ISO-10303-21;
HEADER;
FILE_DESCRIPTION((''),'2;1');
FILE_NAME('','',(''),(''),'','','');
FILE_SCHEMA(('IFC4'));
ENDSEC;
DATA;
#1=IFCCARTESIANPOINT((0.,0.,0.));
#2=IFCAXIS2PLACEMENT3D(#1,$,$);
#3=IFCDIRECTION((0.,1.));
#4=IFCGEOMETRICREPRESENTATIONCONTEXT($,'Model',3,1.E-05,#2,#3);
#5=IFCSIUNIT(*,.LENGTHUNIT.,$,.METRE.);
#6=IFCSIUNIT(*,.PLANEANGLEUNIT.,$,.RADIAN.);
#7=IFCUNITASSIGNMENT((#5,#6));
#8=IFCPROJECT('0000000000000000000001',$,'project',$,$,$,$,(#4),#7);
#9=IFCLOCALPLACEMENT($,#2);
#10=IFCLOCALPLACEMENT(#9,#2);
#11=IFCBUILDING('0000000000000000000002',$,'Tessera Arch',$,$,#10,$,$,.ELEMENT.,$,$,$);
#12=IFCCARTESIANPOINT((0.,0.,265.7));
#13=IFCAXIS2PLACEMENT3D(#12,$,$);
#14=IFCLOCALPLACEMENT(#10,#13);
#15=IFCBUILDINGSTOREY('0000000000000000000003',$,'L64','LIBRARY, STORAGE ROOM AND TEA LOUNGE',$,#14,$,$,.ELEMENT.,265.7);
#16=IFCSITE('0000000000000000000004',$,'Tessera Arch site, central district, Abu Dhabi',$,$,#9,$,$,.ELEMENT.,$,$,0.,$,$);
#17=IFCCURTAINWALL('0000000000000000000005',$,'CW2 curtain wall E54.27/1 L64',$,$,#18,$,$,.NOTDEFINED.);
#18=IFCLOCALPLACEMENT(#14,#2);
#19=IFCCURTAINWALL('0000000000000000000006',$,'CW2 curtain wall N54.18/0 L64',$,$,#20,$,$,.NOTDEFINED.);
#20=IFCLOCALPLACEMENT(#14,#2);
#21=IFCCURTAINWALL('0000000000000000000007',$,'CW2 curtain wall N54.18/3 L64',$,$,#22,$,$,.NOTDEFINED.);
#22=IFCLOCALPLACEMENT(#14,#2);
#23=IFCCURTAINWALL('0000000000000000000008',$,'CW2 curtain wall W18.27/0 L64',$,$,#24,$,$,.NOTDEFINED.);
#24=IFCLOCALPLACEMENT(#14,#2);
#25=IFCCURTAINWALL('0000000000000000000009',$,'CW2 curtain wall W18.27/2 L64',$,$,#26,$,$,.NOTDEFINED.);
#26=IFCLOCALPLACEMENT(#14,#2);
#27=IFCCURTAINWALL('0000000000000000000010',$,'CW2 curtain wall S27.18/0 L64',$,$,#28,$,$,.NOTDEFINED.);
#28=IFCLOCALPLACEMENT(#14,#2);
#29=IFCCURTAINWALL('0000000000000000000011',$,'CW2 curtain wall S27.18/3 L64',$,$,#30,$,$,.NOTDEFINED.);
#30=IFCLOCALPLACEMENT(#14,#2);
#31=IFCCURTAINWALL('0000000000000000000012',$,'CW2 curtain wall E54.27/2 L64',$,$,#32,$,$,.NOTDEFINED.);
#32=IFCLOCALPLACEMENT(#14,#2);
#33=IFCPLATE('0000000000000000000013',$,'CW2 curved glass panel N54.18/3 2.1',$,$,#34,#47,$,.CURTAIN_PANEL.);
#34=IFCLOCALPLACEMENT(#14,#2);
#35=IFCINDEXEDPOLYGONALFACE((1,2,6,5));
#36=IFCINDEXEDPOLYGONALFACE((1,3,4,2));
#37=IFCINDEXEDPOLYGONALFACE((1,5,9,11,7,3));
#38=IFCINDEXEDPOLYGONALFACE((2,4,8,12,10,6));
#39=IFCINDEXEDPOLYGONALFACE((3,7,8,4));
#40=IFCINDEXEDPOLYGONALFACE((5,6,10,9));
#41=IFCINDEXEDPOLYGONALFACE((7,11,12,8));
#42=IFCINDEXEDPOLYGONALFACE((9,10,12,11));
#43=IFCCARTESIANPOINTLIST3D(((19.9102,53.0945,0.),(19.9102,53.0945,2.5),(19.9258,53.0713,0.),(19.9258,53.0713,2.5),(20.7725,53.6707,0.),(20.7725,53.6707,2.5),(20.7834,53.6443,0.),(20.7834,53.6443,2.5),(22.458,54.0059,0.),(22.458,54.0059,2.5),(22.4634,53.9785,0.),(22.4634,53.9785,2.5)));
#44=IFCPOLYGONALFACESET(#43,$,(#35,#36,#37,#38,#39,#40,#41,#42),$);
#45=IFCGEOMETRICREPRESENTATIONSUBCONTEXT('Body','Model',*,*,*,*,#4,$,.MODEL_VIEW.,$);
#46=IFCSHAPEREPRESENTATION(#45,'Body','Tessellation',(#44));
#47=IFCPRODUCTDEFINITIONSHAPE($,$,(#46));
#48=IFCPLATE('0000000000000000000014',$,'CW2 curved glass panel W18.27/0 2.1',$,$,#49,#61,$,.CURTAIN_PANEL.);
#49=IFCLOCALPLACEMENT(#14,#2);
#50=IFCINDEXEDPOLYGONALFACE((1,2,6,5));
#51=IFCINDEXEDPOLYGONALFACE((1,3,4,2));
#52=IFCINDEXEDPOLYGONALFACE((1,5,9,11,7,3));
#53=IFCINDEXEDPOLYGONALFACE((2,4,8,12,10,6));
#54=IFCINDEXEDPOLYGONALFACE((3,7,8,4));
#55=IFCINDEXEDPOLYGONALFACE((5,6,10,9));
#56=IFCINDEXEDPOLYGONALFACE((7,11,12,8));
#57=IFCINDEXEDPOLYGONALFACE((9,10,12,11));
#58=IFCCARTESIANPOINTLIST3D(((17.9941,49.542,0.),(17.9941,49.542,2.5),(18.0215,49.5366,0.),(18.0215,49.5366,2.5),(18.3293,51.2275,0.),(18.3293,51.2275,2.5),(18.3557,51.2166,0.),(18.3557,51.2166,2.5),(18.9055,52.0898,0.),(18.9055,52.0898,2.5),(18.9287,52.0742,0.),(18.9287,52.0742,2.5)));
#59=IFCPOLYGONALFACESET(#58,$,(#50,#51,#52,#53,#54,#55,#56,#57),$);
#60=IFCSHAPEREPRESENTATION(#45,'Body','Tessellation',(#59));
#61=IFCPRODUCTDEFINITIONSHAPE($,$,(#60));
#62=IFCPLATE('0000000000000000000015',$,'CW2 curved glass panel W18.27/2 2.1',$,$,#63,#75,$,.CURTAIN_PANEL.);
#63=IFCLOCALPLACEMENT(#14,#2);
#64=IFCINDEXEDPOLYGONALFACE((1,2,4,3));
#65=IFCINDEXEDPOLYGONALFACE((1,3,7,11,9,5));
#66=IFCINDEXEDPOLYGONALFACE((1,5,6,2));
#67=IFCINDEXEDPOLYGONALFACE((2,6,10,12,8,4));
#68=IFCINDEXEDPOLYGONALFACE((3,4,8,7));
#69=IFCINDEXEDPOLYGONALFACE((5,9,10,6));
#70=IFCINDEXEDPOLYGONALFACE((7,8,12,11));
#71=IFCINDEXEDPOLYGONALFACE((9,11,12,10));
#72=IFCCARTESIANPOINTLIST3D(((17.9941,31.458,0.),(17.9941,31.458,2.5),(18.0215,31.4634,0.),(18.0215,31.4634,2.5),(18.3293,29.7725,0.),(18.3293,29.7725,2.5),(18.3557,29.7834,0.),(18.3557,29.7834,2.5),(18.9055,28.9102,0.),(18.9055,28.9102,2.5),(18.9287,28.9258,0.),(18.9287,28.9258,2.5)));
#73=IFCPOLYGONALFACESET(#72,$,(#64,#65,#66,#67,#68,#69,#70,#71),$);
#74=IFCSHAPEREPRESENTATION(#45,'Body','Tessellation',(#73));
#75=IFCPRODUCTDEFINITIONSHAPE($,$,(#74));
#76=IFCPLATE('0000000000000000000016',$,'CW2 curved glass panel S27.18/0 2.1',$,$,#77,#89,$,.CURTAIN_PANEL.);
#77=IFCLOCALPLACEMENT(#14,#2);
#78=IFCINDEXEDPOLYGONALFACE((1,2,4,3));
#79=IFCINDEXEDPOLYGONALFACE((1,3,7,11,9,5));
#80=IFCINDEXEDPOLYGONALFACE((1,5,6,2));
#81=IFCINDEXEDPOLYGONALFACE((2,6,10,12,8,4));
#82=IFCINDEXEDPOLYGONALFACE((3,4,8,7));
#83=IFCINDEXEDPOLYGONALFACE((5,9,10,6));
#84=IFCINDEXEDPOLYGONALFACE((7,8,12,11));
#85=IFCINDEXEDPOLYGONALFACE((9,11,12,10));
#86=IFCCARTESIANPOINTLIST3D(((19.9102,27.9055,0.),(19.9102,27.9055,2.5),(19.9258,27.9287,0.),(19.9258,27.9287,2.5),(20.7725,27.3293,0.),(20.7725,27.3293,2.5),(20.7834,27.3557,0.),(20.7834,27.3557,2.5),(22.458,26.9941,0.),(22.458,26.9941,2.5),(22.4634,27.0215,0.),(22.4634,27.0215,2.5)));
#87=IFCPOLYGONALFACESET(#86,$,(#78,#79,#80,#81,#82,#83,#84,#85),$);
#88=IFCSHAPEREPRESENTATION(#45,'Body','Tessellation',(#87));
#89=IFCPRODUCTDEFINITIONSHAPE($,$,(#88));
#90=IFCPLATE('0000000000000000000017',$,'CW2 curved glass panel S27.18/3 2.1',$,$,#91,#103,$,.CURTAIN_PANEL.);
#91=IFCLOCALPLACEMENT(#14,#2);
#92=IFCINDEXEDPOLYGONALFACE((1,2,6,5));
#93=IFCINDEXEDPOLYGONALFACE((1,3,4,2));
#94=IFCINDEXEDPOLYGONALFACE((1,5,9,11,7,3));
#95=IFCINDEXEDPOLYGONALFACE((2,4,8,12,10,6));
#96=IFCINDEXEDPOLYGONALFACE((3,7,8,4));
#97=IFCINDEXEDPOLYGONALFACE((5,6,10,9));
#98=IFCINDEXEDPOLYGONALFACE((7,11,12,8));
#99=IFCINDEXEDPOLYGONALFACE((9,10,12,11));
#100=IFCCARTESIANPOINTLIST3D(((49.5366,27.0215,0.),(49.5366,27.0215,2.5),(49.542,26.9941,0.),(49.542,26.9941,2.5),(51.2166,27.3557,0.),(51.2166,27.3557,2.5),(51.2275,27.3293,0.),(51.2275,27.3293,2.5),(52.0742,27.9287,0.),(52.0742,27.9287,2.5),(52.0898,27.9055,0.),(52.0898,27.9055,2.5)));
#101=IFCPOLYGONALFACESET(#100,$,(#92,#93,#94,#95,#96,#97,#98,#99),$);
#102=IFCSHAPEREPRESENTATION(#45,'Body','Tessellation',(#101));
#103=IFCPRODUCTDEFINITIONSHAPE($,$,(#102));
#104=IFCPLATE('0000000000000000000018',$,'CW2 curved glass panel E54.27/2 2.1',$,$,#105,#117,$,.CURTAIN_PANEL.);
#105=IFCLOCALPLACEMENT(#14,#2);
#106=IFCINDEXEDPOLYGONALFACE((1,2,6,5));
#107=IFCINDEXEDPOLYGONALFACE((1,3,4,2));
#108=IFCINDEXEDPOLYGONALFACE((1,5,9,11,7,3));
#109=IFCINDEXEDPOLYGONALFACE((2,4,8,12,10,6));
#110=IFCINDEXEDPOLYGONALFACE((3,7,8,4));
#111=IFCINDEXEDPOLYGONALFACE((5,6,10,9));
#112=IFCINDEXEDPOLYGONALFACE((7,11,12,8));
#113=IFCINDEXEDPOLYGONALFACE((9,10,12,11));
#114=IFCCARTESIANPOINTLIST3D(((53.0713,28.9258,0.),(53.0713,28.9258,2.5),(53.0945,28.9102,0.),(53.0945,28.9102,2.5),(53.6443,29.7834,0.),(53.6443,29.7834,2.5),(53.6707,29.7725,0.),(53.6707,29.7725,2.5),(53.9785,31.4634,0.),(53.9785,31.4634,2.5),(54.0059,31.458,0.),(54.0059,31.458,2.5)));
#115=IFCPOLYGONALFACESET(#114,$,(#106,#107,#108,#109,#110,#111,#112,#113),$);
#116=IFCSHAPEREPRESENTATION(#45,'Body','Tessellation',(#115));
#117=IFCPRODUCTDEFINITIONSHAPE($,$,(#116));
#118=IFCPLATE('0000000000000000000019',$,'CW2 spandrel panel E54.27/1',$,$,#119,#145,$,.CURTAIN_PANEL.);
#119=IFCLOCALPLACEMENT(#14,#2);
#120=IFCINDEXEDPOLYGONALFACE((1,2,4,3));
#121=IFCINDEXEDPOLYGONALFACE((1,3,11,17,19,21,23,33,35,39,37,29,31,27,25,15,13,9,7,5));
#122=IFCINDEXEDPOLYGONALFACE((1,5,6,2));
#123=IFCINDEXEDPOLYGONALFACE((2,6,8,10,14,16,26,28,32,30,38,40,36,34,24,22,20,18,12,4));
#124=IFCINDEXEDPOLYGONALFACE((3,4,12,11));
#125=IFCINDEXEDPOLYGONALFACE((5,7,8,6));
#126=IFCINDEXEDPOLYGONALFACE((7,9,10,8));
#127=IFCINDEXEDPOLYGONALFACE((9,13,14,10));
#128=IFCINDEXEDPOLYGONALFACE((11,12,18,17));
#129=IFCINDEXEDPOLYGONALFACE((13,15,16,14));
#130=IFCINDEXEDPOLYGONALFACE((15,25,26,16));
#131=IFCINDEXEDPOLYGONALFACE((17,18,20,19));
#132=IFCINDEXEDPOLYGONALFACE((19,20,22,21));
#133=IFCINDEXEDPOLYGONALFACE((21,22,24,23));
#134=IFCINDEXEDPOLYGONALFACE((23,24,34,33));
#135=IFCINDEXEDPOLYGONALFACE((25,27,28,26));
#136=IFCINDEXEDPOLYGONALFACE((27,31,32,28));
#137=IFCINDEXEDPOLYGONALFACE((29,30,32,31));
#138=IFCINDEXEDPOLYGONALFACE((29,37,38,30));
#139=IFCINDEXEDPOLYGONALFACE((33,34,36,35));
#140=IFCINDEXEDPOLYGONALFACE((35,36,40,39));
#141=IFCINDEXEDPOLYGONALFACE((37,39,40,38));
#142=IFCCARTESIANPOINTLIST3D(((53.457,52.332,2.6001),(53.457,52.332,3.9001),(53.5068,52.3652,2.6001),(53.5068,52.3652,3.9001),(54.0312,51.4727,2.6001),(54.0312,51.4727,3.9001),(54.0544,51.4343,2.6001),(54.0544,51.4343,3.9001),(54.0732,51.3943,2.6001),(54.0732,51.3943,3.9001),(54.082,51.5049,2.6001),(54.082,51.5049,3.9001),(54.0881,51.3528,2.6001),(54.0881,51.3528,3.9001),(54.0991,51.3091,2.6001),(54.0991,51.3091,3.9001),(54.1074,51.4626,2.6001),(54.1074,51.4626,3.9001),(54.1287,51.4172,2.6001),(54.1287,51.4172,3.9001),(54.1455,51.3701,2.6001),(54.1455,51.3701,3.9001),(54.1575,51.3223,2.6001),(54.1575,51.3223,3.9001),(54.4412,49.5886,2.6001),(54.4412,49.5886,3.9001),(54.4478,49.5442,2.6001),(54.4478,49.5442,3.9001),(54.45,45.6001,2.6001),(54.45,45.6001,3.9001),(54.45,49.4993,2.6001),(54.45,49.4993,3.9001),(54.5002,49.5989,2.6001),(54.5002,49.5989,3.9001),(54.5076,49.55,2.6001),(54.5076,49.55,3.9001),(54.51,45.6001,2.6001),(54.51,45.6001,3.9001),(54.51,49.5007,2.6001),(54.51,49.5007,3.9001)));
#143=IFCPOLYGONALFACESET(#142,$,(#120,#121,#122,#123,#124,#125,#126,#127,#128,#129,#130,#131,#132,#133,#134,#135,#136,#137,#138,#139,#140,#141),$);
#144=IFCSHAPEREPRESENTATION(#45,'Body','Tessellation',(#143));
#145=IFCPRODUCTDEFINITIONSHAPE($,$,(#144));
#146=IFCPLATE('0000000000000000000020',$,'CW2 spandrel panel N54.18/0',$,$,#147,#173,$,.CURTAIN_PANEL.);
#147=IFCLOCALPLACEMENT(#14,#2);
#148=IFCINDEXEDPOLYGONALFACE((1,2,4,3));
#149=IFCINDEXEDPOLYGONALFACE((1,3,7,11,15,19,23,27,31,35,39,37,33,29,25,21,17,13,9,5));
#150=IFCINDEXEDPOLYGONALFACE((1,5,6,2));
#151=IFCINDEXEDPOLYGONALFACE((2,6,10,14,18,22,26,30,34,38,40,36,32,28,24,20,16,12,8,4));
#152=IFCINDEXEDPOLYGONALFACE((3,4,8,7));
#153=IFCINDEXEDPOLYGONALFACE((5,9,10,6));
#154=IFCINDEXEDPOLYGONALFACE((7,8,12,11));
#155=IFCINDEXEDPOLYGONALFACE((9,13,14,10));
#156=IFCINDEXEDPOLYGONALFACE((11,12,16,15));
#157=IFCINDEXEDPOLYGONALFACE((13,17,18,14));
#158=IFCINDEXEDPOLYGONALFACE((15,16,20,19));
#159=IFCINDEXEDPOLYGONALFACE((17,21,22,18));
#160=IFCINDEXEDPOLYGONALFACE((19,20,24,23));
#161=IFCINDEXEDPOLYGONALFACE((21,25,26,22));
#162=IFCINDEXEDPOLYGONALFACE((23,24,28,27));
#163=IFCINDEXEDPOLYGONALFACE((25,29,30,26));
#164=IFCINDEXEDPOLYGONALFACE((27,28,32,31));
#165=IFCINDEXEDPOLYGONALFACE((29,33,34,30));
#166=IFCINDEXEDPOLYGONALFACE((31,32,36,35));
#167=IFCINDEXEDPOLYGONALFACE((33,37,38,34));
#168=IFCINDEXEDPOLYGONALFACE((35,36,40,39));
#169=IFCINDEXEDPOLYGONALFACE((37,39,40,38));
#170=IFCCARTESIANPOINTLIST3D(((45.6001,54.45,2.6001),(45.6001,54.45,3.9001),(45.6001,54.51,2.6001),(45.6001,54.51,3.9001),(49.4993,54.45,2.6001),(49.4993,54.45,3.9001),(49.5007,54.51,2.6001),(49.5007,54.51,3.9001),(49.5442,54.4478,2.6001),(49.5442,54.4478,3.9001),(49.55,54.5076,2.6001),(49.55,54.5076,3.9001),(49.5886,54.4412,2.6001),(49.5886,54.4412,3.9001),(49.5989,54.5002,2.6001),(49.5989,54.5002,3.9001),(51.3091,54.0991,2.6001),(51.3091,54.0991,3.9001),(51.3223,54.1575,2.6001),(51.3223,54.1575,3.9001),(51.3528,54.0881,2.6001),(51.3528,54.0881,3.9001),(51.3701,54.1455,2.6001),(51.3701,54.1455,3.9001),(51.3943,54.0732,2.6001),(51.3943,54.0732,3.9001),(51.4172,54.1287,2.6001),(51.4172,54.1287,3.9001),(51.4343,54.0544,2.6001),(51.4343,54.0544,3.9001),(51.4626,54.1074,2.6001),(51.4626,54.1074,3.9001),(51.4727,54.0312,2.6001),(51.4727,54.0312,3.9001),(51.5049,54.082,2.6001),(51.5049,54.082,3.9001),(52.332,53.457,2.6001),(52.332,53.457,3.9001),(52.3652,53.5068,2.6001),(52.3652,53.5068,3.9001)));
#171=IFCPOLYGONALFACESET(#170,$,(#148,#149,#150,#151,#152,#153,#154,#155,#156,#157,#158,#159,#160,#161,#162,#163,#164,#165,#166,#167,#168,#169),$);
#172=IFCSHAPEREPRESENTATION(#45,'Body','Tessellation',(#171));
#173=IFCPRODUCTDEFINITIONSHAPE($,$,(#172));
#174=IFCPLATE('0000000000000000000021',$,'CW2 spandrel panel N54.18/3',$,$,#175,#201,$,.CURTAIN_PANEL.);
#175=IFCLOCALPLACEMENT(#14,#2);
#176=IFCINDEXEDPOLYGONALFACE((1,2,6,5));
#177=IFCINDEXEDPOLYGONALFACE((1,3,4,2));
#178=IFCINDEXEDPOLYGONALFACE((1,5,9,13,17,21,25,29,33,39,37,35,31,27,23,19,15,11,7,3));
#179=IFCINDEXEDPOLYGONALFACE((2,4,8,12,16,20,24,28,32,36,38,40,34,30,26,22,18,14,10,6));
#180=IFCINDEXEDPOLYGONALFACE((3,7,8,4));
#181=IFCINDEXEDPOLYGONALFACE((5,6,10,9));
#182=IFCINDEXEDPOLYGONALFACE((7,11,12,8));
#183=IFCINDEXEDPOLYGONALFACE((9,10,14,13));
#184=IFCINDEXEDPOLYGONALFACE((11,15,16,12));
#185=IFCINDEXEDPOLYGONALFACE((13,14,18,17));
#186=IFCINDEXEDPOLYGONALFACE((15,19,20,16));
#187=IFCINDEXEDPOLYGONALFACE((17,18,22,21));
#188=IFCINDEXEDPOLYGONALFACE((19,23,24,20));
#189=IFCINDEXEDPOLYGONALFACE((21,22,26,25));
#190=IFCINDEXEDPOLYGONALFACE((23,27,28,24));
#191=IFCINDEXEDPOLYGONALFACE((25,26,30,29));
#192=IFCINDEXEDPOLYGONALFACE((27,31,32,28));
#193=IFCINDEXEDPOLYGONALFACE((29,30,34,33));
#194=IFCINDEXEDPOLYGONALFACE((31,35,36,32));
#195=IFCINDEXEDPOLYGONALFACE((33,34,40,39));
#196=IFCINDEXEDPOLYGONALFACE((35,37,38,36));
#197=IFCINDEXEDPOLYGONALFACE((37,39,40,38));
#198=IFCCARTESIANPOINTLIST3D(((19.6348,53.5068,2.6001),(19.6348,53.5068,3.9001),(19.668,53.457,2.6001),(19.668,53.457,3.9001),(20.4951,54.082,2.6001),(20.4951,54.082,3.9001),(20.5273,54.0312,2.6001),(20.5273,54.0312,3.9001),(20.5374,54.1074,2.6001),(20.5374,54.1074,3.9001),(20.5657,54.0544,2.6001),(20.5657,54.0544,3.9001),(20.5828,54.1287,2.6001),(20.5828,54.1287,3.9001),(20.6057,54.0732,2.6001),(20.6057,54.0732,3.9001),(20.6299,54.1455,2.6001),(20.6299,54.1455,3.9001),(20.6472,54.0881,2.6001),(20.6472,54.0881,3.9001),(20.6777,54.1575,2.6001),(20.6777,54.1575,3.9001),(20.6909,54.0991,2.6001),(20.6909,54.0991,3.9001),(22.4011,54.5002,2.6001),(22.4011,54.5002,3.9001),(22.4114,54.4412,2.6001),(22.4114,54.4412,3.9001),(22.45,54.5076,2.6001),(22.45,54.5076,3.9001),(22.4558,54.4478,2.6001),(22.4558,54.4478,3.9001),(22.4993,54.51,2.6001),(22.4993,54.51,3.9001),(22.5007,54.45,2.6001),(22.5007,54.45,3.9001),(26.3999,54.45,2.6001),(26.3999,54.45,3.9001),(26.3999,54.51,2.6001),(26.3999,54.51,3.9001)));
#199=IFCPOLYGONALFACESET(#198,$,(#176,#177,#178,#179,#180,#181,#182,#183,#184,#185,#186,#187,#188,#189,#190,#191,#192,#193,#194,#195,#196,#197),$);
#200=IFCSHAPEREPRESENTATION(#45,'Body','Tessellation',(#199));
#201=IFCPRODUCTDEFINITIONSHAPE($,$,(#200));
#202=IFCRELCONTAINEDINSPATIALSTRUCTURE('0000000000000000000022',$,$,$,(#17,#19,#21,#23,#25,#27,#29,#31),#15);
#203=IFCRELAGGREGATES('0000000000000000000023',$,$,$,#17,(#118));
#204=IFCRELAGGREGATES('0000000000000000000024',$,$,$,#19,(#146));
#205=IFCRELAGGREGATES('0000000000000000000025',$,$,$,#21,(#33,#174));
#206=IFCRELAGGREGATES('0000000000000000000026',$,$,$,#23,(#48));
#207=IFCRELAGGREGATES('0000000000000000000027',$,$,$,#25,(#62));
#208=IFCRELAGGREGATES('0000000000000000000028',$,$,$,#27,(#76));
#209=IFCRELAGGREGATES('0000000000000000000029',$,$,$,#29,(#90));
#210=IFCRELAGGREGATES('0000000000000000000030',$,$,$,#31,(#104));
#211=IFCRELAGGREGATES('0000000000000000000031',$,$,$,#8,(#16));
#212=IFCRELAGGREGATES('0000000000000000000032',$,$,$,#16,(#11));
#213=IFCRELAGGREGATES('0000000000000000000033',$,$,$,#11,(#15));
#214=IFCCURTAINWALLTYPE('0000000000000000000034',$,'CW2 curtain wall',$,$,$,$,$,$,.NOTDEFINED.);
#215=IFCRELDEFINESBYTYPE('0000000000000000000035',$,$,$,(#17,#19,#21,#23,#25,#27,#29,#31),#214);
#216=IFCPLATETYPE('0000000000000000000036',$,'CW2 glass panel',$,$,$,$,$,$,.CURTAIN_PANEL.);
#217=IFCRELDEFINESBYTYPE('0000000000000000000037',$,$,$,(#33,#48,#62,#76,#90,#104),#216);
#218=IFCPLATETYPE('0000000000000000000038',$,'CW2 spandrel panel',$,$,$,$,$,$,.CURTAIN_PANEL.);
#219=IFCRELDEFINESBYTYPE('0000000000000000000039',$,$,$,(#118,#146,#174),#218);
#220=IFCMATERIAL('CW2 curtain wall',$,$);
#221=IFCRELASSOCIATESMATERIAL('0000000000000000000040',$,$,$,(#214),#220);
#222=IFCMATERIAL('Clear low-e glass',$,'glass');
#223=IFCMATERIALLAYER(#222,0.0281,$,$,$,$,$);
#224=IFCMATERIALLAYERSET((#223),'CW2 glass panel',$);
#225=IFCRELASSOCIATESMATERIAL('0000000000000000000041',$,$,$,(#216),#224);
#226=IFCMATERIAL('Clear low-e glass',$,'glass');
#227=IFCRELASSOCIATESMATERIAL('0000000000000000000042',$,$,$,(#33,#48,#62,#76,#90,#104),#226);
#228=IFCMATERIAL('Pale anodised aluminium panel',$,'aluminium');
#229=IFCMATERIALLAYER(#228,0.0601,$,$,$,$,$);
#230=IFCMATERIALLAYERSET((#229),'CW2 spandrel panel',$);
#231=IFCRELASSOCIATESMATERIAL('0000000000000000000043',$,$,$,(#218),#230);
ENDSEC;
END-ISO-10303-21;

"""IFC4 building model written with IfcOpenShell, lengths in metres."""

from ifc_helpers import new_model, si_unit, direction, frame, origin, place, context, subcontext, project, spatial, polyline, outline, extrude, material, layer, layer_set, type_object, element, aggregate, save


model = new_model("IFC4")

# Units and contexts
model_context = context("Model", 3, precision=1e-05, world=origin(), true_north=direction((0.0, 1.0)))
body_context = subcontext(model_context, "Body", "Model", "MODEL_VIEW")
ifc_project = project(units=[si_unit("LENGTHUNIT", "METRE"), si_unit("PLANEANGLEUNIT", "RADIAN")], contexts=[model_context])

# Site, building, storey
site_placement = place(None, origin())
site = spatial("IfcSite", under=ifc_project, at=site_placement, Name="Tessera Arch site, central district, Abu Dhabi", CompositionType="ELEMENT", RefElevation=0.0)
building_placement = place(site_placement, origin())
building = spatial("IfcBuilding", under=site, at=building_placement, Name="Tessera Arch", CompositionType="ELEMENT")
storey_placement = place(building_placement, frame((0.0, 0.0, 265.7)))
storey = spatial("IfcBuildingStorey", under=building, at=storey_placement, Name="L64", Description="LIBRARY, STORAGE ROOM AND TEA LOUNGE", CompositionType="ELEMENT", Elevation=265.7)

# Curtain walls
ifc_material_1 = material(Name="CW2 curtain wall")
curtain_wall_type = type_object("IfcCurtainWallType", Name="CW2 curtain wall", PredefinedType="NOTDEFINED", material=ifc_material_1)
curtain_wall_1_placement = place(storey_placement, origin())
curtain_wall_1 = element("IfcCurtainWall", 1, at=curtain_wall_1_placement, inside=storey, type_object=curtain_wall_type, Name="CW2 curtain wall E54.27/1 L64", PredefinedType="NOTDEFINED")
curtain_wall_2_placement = place(storey_placement, origin())
curtain_wall_2 = element("IfcCurtainWall", 2, at=curtain_wall_2_placement, inside=storey, type_object=curtain_wall_type, Name="CW2 curtain wall N54.18/0 L64", PredefinedType="NOTDEFINED")
curtain_wall_3_placement = place(storey_placement, origin())
curtain_wall_3 = element("IfcCurtainWall", 3, at=curtain_wall_3_placement, inside=storey, type_object=curtain_wall_type, Name="CW2 curtain wall N54.18/3 L64", PredefinedType="NOTDEFINED")
curtain_wall_4_placement = place(storey_placement, origin())
curtain_wall_4 = element("IfcCurtainWall", 4, at=curtain_wall_4_placement, inside=storey, type_object=curtain_wall_type, Name="CW2 curtain wall W18.27/0 L64", PredefinedType="NOTDEFINED")
curtain_wall_5_placement = place(storey_placement, origin())
curtain_wall_5 = element("IfcCurtainWall", 5, at=curtain_wall_5_placement, inside=storey, type_object=curtain_wall_type, Name="CW2 curtain wall W18.27/2 L64", PredefinedType="NOTDEFINED")
curtain_wall_6_placement = place(storey_placement, origin())
curtain_wall_6 = element("IfcCurtainWall", 6, at=curtain_wall_6_placement, inside=storey, type_object=curtain_wall_type, Name="CW2 curtain wall S27.18/0 L64", PredefinedType="NOTDEFINED")
curtain_wall_7_placement = place(storey_placement, origin())
curtain_wall_7 = element("IfcCurtainWall", 7, at=curtain_wall_7_placement, inside=storey, type_object=curtain_wall_type, Name="CW2 curtain wall S27.18/3 L64", PredefinedType="NOTDEFINED")
curtain_wall_8_placement = place(storey_placement, origin())
curtain_wall_8 = element("IfcCurtainWall", 8, at=curtain_wall_8_placement, inside=storey, type_object=curtain_wall_type, Name="CW2 curtain wall E54.27/2 L64", PredefinedType="NOTDEFINED")

# Plates
ifc_material_2 = material(Name="Clear low-e glass", Category="glass")
ifc_material_3 = material(Name="Clear low-e glass", Category="glass")
ifc_layer_1 = layer(ifc_material_3, 0.0281)
ifc_layer_set_1 = layer_set([ifc_layer_1], Name="CW2 glass panel")
plate_type_1 = type_object("IfcPlateType", Name="CW2 glass panel", PredefinedType="CURTAIN_PANEL", material=ifc_layer_set_1)
plate_1_placement = place(storey_placement, origin())
plate_1 = element("IfcPlate", 9, at=plate_1_placement, type_object=plate_type_1, material=ifc_material_2, Name="CW2 curved glass panel N54.18/3 2.1", PredefinedType="CURTAIN_PANEL", context=body_context, shape_type="SweptSolid", body=[
    extrude(outline(polyline([(20.7834, 53.6443), (22.4634, 53.9785), (22.458, 54.0059), (20.7725, 53.6707), (19.9102, 53.0945), (19.9258, 53.0713), (20.7834, 53.6443)])), origin(), (0.0, 0.0, 1.0), 2.5),
])
plate_2_placement = place(storey_placement, origin())
plate_2 = element("IfcPlate", 10, at=plate_2_placement, type_object=plate_type_1, material=ifc_material_2, Name="CW2 curved glass panel W18.27/0 2.1", PredefinedType="CURTAIN_PANEL", context=body_context, shape_type="SweptSolid", body=[
    extrude(outline(polyline([(18.3557, 51.2166), (18.9287, 52.0742), (18.9055, 52.0898), (18.3293, 51.2275), (17.9941, 49.542), (18.0215, 49.5366), (18.3557, 51.2166)])), origin(), (0.0, 0.0, 1.0), 2.5),
])
plate_3_placement = place(storey_placement, origin())
plate_3 = element("IfcPlate", 11, at=plate_3_placement, type_object=plate_type_1, material=ifc_material_2, Name="CW2 curved glass panel W18.27/2 2.1", PredefinedType="CURTAIN_PANEL", context=body_context, shape_type="SweptSolid", body=[
    extrude(outline(polyline([(18.3557, 29.7834), (18.0215, 31.4634), (17.9941, 31.458), (18.3293, 29.7725), (18.9055, 28.9102), (18.9287, 28.9258), (18.3557, 29.7834)])), origin(), (0.0, 0.0, 1.0), 2.5),
])
plate_4_placement = place(storey_placement, origin())
plate_4 = element("IfcPlate", 12, at=plate_4_placement, type_object=plate_type_1, material=ifc_material_2, Name="CW2 curved glass panel S27.18/0 2.1", PredefinedType="CURTAIN_PANEL", context=body_context, shape_type="SweptSolid", body=[
    extrude(outline(polyline([(20.7834, 27.3557), (19.9258, 27.9287), (19.9102, 27.9055), (20.7725, 27.3293), (22.458, 26.9941), (22.4634, 27.0215), (20.7834, 27.3557)])), origin(), (0.0, 0.0, 1.0), 2.5),
])
plate_5_placement = place(storey_placement, origin())
plate_5 = element("IfcPlate", 13, at=plate_5_placement, type_object=plate_type_1, material=ifc_material_2, Name="CW2 curved glass panel S27.18/3 2.1", PredefinedType="CURTAIN_PANEL", context=body_context, shape_type="SweptSolid", body=[
    extrude(outline(polyline([(51.2166, 27.3557), (49.5366, 27.0215), (49.542, 26.9941), (51.2275, 27.3293), (52.0898, 27.9055), (52.0742, 27.9287), (51.2166, 27.3557)])), origin(), (0.0, 0.0, 1.0), 2.5),
])
plate_6_placement = place(storey_placement, origin())
plate_6 = element("IfcPlate", 14, at=plate_6_placement, type_object=plate_type_1, material=ifc_material_2, Name="CW2 curved glass panel E54.27/2 2.1", PredefinedType="CURTAIN_PANEL", context=body_context, shape_type="SweptSolid", body=[
    extrude(outline(polyline([(53.6443, 29.7834), (53.0713, 28.9258), (53.0945, 28.9102), (53.6707, 29.7725), (54.0059, 31.458), (53.9785, 31.4634), (53.6443, 29.7834)])), origin(), (0.0, 0.0, 1.0), 2.5),
])
ifc_material_4 = material(Name="Pale anodised aluminium panel", Category="aluminium")
ifc_layer_2 = layer(ifc_material_4, 0.0601)
ifc_layer_set_2 = layer_set([ifc_layer_2], Name="CW2 spandrel panel")
plate_type_2 = type_object("IfcPlateType", Name="CW2 spandrel panel", PredefinedType="CURTAIN_PANEL", material=ifc_layer_set_2)
plate_7_placement = place(storey_placement, frame((0.0, 0.0, 2.6001)))
plate_7 = element("IfcPlate", 15, at=plate_7_placement, type_object=plate_type_2, Name="CW2 spandrel panel E54.27/1", PredefinedType="CURTAIN_PANEL", context=body_context, shape_type="SweptSolid", body=[
    extrude(outline(polyline([(54.45, 49.4993), (54.45, 45.6001), (54.51, 45.6001), (54.51, 49.5007), (54.5076, 49.55), (54.5002, 49.5989), (54.1575, 51.3223), (54.1455, 51.3701), (54.1287, 51.4172), (54.1074, 51.4626), (54.082, 51.5049), (53.5068, 52.3652), (53.457, 52.332), (54.0312, 51.4727), (54.0544, 51.4343), (54.0732, 51.3943), (54.0881, 51.3528), (54.0991, 51.3091), (54.4412, 49.5886), (54.4478, 49.5442), (54.45, 49.4993)])), origin(), (0.0, 0.0, 1.0), 1.3),
])
aggregate(curtain_wall_1, [plate_7])
plate_8_placement = place(storey_placement, frame((0.0, 0.0, 2.6001)))
plate_8 = element("IfcPlate", 16, at=plate_8_placement, type_object=plate_type_2, Name="CW2 spandrel panel N54.18/0", PredefinedType="CURTAIN_PANEL", context=body_context, shape_type="SweptSolid", body=[
    extrude(outline(polyline([(51.4727, 54.0312), (52.332, 53.457), (52.3652, 53.5068), (51.5049, 54.082), (51.4626, 54.1074), (51.4172, 54.1287), (51.3701, 54.1455), (51.3223, 54.1575), (49.5989, 54.5002), (49.55, 54.5076), (49.5007, 54.51), (45.6001, 54.51), (45.6001, 54.45), (49.4993, 54.45), (49.5442, 54.4478), (49.5886, 54.4412), (51.3091, 54.0991), (51.3528, 54.0881), (51.3943, 54.0732), (51.4343, 54.0544), (51.4727, 54.0312)])), origin(), (0.0, 0.0, 1.0), 1.3),
])
aggregate(curtain_wall_2, [plate_8])
plate_9_placement = place(storey_placement, frame((0.0, 0.0, 2.6001)))
plate_9 = element("IfcPlate", 17, at=plate_9_placement, type_object=plate_type_2, Name="CW2 spandrel panel N54.18/3", PredefinedType="CURTAIN_PANEL", context=body_context, shape_type="SweptSolid", body=[
    extrude(outline(polyline([(22.5007, 54.45), (26.3999, 54.45), (26.3999, 54.51), (22.4993, 54.51), (22.45, 54.5076), (22.4011, 54.5002), (20.6777, 54.1575), (20.6299, 54.1455), (20.5828, 54.1287), (20.5374, 54.1074), (20.4951, 54.082), (19.6348, 53.5068), (19.668, 53.457), (20.5273, 54.0312), (20.5657, 54.0544), (20.6057, 54.0732), (20.6472, 54.0881), (20.6909, 54.0991), (22.4114, 54.4412), (22.4558, 54.4478), (22.5007, 54.45)])), origin(), (0.0, 0.0, 1.0), 1.3),
])
aggregate(curtain_wall_3, [plate_1, plate_9])
aggregate(curtain_wall_4, [plate_2])
aggregate(curtain_wall_5, [plate_3])
aggregate(curtain_wall_6, [plate_4])
aggregate(curtain_wall_7, [plate_5])
aggregate(curtain_wall_8, [plate_6])

save(model, "model.ifc")
